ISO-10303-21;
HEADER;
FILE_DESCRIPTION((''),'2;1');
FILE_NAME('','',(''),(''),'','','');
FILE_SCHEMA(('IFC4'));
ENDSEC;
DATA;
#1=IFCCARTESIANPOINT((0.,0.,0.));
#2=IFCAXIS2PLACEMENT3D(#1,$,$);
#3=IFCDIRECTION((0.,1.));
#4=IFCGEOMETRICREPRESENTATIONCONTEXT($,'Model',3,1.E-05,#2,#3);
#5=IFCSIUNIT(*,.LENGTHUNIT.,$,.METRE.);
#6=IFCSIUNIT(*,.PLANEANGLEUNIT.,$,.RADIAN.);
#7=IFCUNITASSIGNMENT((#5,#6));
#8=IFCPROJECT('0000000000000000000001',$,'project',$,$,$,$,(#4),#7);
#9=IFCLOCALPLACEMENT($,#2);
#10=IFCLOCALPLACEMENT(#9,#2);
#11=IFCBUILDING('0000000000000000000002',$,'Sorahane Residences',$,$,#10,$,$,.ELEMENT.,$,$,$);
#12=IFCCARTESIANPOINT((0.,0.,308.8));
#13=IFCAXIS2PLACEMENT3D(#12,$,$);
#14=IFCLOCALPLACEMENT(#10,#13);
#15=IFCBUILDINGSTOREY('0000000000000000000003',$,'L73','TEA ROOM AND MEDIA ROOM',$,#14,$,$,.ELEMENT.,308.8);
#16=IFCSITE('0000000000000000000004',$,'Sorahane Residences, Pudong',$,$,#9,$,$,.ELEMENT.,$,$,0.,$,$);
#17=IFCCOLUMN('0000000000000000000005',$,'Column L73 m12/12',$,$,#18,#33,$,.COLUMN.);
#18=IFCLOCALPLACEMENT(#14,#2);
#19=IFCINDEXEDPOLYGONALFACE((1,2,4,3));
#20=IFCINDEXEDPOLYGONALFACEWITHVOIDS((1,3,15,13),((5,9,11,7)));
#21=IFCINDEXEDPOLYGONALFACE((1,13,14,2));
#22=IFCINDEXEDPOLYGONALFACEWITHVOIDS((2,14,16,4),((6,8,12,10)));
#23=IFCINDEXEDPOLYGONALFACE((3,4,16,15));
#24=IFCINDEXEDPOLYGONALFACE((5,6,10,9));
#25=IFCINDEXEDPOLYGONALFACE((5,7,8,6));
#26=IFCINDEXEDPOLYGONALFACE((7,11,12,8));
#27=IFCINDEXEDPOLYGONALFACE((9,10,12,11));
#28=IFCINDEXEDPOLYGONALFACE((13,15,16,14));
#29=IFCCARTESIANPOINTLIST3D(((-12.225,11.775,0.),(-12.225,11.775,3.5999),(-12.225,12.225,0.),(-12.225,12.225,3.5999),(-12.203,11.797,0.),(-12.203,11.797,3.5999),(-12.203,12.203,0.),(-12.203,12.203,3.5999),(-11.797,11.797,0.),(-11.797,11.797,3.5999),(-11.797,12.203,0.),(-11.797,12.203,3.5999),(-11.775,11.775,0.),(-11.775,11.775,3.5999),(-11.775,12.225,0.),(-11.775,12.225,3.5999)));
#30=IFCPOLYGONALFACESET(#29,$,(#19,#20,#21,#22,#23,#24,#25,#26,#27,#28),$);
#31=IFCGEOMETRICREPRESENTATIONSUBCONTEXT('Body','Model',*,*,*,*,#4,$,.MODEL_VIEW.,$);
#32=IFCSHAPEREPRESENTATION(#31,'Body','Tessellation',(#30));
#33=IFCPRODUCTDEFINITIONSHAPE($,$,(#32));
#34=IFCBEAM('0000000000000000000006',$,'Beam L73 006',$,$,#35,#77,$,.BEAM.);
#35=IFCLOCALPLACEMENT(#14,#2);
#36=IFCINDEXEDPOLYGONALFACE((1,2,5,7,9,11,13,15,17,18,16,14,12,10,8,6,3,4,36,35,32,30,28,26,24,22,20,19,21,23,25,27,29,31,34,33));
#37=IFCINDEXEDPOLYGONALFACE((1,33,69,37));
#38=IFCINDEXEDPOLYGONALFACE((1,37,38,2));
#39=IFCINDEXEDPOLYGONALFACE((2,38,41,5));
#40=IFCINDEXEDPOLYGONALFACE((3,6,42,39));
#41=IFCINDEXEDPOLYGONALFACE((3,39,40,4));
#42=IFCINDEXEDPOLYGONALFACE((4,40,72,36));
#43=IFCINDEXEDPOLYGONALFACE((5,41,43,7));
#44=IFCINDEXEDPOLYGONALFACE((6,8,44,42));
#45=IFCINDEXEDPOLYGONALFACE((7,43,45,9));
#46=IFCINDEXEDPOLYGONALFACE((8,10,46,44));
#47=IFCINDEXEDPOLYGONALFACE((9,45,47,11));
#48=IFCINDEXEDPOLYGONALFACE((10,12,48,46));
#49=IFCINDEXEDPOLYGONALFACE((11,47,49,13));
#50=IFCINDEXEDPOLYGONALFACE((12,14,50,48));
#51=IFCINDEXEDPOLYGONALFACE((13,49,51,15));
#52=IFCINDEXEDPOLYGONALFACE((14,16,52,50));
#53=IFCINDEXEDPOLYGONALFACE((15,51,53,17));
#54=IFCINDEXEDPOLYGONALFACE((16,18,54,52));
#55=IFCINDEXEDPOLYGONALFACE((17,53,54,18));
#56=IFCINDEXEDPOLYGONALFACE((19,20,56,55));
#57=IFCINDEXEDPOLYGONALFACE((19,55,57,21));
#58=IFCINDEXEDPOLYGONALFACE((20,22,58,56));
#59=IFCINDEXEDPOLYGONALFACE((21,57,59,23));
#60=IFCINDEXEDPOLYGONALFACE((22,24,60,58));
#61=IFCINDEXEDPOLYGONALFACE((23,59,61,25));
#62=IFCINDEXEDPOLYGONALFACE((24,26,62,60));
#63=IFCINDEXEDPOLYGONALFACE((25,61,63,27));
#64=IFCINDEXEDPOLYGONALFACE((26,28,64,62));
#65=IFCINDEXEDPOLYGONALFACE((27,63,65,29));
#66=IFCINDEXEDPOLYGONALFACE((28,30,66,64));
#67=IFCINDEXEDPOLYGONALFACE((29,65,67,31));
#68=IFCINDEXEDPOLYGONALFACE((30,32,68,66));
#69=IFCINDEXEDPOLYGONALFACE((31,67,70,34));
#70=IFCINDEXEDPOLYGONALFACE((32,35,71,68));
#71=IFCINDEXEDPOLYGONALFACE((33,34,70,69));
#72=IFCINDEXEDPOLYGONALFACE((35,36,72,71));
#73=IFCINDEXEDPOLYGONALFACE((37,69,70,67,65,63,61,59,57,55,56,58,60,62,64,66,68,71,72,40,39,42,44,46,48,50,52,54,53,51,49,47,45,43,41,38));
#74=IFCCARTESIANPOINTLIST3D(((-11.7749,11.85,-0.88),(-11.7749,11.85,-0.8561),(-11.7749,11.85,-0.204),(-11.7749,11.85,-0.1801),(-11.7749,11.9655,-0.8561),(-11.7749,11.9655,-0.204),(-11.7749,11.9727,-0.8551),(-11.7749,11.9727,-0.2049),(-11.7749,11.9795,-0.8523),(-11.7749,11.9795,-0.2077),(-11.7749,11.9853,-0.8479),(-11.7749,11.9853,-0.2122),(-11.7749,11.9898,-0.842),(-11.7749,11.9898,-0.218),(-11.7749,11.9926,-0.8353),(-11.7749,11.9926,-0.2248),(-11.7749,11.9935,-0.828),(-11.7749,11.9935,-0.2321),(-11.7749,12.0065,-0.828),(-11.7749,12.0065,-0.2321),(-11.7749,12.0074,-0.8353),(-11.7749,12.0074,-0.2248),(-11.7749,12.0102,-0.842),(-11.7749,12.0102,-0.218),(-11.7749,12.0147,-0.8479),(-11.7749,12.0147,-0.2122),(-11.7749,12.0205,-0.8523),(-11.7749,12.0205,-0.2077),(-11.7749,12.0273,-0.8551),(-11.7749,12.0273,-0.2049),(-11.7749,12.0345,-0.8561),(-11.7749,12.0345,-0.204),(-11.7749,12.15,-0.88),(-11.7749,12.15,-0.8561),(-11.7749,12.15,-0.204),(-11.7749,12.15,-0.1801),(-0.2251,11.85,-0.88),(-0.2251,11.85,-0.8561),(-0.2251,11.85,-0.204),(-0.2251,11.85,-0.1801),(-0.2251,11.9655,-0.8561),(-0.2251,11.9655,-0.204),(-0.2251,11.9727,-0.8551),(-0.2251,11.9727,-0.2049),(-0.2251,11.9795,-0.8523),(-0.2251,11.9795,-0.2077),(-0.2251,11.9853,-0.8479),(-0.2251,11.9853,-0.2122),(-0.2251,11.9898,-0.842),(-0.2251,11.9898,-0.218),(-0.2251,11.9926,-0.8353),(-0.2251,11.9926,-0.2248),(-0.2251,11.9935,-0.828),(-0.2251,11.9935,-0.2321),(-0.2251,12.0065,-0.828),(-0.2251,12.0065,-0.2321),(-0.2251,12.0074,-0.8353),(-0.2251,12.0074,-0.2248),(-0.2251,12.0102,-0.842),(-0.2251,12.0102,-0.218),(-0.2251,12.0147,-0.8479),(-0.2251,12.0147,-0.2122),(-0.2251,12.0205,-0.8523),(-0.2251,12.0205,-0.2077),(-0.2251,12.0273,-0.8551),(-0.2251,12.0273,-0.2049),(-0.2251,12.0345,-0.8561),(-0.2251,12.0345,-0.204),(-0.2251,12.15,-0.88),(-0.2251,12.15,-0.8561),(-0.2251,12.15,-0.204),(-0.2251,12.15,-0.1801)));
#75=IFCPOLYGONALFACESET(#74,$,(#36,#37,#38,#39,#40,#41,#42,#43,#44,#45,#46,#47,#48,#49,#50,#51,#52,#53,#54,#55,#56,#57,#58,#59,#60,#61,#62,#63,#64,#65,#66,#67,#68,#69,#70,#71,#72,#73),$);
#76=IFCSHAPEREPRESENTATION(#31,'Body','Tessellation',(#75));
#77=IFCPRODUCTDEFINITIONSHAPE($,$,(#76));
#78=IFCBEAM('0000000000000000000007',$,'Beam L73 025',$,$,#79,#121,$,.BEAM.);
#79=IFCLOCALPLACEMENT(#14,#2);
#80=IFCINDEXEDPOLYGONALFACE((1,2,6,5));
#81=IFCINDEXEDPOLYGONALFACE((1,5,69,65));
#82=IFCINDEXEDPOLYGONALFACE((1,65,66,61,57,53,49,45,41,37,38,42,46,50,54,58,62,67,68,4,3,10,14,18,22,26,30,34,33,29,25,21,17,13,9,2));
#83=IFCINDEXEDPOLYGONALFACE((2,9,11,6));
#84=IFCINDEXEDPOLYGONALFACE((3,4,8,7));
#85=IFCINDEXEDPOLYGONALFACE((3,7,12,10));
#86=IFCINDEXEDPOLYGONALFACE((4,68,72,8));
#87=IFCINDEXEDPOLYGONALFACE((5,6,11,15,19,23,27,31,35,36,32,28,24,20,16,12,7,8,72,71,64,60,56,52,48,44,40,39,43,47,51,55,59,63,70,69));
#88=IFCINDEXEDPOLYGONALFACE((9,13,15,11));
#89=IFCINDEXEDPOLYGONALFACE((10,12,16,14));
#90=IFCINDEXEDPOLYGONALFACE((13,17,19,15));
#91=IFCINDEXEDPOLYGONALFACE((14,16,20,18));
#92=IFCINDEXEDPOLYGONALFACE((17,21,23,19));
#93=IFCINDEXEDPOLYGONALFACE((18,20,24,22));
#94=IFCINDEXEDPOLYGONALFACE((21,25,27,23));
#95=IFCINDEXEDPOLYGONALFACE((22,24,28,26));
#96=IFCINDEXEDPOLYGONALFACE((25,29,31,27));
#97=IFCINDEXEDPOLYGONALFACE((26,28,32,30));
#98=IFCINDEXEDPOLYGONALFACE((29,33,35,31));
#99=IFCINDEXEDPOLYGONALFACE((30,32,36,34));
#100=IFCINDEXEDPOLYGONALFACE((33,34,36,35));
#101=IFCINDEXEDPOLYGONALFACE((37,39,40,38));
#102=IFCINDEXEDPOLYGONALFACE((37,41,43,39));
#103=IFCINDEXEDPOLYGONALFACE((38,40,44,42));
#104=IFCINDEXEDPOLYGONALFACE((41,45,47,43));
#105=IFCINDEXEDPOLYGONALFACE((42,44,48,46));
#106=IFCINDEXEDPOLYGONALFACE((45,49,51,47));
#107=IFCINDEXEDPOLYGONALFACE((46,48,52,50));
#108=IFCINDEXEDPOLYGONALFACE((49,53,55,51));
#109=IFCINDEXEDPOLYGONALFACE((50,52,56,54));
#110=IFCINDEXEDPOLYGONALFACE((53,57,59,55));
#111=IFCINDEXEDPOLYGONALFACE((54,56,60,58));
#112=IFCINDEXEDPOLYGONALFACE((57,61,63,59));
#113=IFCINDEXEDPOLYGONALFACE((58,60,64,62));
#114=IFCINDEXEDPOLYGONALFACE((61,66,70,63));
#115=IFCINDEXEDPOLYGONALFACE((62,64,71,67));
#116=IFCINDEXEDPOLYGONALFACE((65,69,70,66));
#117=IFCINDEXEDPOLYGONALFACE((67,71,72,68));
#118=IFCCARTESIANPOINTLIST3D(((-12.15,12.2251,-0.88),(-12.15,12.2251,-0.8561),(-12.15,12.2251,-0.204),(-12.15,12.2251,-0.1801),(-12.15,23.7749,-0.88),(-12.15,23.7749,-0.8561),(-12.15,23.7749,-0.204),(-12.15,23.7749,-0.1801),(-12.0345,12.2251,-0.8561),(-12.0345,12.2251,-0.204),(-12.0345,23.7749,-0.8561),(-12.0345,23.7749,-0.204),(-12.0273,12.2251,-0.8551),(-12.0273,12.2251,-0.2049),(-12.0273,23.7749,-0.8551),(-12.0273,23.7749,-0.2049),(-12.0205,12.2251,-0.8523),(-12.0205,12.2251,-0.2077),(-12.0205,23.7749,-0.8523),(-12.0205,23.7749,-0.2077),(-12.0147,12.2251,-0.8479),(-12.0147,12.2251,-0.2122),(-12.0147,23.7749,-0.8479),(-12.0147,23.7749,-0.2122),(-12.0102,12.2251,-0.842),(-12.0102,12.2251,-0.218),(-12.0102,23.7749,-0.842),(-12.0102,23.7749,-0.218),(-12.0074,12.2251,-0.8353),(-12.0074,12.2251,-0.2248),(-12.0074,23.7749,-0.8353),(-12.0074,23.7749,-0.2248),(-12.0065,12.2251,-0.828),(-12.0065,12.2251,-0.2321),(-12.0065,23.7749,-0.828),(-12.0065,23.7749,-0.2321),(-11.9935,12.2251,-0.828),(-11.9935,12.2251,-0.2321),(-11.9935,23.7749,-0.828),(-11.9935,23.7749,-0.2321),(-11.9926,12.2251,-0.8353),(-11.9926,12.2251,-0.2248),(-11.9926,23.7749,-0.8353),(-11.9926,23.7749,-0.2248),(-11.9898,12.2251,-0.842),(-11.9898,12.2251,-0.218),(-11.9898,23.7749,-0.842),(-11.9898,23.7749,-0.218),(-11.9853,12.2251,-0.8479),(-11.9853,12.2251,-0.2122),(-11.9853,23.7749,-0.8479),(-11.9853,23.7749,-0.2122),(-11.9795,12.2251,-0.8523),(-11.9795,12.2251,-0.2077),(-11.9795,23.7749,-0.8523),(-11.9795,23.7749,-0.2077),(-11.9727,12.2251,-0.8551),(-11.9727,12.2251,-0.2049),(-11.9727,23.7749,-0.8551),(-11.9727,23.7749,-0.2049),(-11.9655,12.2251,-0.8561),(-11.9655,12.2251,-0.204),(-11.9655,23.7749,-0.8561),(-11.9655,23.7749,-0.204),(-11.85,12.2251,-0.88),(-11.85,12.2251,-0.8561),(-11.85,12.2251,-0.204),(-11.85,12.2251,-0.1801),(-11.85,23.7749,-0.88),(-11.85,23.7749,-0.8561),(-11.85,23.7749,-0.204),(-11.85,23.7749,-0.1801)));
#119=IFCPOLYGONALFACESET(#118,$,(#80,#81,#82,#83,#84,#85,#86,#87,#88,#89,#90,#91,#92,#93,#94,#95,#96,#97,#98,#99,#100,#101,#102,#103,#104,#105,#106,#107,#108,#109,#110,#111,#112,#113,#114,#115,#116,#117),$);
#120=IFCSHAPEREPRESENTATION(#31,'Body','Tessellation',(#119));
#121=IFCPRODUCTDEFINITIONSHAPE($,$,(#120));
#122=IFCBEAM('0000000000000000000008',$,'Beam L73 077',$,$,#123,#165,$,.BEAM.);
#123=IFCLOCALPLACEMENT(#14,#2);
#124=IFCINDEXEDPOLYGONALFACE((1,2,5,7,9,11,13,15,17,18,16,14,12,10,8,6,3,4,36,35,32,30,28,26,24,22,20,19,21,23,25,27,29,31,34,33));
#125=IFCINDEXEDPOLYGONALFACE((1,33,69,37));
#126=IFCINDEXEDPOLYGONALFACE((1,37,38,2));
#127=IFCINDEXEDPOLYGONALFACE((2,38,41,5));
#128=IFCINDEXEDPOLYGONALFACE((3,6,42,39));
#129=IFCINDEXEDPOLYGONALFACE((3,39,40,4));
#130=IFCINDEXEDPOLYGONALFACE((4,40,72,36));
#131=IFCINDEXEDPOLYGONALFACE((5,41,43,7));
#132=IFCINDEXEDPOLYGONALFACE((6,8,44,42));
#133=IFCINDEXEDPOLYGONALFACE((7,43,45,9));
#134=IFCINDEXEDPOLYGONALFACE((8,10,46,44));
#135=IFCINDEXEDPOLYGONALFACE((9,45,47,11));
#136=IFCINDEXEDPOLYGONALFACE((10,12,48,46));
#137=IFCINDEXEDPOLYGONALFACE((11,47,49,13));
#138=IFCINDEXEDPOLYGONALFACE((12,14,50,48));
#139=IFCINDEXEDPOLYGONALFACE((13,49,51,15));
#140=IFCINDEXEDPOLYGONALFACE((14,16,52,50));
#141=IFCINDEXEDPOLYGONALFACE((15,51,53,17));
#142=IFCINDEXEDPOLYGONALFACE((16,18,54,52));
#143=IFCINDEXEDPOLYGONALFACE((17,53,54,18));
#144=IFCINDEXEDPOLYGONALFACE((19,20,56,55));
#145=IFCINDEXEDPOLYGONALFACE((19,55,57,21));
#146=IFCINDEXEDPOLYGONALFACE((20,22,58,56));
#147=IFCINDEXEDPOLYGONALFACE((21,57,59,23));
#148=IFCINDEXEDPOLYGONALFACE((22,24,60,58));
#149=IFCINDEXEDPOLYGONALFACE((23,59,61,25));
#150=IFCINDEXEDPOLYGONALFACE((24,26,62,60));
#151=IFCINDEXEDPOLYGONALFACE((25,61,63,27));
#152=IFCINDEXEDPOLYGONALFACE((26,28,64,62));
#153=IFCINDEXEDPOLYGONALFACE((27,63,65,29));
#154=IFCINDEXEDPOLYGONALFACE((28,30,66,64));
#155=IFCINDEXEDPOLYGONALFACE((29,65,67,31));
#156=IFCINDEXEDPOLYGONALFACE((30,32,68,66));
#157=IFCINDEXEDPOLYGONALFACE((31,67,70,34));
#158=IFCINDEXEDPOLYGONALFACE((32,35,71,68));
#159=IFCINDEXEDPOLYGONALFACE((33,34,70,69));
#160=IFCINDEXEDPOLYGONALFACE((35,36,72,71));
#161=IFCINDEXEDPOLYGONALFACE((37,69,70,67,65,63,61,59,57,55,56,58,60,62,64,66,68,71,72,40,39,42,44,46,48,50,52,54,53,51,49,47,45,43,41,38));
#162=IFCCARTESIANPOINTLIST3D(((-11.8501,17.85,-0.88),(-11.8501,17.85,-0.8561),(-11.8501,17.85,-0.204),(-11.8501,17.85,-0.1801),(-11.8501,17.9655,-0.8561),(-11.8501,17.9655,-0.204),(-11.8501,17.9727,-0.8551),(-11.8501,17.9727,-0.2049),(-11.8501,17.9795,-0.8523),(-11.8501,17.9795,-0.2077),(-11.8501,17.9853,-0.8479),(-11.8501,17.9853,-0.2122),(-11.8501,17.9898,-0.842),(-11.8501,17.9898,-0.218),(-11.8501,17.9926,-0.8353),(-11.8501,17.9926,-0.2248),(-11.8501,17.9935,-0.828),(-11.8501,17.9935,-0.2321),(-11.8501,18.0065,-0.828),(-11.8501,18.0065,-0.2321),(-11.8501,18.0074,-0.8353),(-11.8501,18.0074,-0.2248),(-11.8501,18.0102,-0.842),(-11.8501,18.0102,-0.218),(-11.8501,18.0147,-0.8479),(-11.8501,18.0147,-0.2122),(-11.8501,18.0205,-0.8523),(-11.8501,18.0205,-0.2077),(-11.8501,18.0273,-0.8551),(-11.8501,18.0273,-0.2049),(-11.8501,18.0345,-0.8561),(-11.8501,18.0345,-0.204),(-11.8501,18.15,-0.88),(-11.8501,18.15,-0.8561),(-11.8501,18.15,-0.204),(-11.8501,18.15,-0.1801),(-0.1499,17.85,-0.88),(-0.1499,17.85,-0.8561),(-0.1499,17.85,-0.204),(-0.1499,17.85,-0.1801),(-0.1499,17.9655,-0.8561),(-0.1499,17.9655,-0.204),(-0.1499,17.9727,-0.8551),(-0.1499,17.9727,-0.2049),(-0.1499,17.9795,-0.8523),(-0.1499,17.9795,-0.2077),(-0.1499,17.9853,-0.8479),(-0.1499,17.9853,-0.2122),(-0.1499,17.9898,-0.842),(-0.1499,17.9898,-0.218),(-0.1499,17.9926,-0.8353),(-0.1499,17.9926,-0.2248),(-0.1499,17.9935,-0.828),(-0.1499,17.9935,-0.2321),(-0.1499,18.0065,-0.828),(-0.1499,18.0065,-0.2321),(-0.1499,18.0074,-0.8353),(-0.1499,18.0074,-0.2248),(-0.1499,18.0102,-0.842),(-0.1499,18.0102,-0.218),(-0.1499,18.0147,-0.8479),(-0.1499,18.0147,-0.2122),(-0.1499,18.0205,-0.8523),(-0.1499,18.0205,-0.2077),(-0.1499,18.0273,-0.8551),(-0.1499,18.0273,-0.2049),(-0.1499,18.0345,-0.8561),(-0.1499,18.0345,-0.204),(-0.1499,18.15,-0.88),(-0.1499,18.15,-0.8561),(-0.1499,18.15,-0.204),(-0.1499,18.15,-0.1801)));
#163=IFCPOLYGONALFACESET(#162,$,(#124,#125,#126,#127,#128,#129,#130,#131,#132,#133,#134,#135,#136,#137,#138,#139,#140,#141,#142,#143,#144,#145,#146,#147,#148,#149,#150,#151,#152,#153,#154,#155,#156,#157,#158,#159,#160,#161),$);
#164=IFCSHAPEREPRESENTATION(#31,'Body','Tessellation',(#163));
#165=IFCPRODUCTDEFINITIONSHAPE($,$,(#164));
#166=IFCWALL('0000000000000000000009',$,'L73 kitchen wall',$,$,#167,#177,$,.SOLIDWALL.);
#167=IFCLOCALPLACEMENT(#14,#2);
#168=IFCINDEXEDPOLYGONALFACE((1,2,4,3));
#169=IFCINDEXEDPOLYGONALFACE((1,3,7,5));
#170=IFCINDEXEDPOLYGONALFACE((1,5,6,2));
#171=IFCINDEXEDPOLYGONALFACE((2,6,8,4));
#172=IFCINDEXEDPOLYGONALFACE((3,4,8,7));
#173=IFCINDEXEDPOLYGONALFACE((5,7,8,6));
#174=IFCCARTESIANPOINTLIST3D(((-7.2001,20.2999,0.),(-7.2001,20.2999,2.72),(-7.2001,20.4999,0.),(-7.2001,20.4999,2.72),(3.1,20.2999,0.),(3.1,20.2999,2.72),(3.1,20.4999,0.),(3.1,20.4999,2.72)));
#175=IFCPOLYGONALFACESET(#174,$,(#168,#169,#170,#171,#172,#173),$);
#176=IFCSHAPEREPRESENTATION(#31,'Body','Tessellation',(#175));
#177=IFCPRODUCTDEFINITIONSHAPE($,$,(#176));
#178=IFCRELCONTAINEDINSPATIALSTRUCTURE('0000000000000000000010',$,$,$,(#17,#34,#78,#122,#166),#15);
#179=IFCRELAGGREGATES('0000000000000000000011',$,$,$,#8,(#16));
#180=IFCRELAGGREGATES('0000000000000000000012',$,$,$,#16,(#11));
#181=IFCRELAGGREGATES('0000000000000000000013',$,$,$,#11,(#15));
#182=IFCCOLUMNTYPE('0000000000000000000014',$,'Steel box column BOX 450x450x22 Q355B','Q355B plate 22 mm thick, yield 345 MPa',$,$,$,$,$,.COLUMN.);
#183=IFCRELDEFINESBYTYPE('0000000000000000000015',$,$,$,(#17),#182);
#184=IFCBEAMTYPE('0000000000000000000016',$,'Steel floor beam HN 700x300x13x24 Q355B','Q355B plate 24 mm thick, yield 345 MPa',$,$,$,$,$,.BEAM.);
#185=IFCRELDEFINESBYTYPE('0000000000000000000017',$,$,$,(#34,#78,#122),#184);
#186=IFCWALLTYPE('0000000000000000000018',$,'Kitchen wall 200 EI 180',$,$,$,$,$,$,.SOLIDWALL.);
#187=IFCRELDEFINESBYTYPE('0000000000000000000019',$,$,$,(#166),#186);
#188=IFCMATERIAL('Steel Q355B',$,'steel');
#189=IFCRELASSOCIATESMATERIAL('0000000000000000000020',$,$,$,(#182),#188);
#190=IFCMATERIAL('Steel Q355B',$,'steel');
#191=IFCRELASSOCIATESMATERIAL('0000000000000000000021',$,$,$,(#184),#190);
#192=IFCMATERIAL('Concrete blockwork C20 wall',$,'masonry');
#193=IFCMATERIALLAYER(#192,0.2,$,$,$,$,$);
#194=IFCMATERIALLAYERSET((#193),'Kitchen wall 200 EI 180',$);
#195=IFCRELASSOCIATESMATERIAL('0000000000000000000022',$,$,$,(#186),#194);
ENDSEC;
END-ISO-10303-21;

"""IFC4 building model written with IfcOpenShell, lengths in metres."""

from ifc_helpers import new_model, si_unit, direction, frame, frame_2d, origin, origin_2d, place, context, subcontext, project, spatial, rectangle, hollow_rectangle, i_section, extrude, material, layer, layer_set, material_profile, profile_set, type_object, element, save


model = new_model("IFC4")

# Units and contexts
model_context = context("Model", 3, precision=1e-05, world=origin(), true_north=direction((0.0, 1.0)))
body_context = subcontext(model_context, "Body", "Model", "MODEL_VIEW")
ifc_project = project(units=[si_unit("LENGTHUNIT", "METRE"), si_unit("PLANEANGLEUNIT", "RADIAN")], contexts=[model_context])

# Site, building, storey
site_placement = place(None, origin())
site = spatial("IfcSite", under=ifc_project, at=site_placement, Name="Sorahane Residences, Pudong", CompositionType="ELEMENT", RefElevation=0.0)
building_placement = place(site_placement, origin())
building = spatial("IfcBuilding", under=site, at=building_placement, Name="Sorahane Residences", CompositionType="ELEMENT")
storey_placement = place(building_placement, frame((0.0, 0.0, 308.8)))
storey = spatial("IfcBuildingStorey", under=building, at=storey_placement, Name="L73", Description="TEA ROOM AND MEDIA ROOM", CompositionType="ELEMENT", Elevation=308.8)

# Column
ifc_material_1 = material(Name="Steel Q355B", Category="steel")
ifc_material_profile_1 = material_profile(ifc_material_1, hollow_rectangle(XDim=0.45, YDim=0.45, WallThickness=0.022, at=origin_2d()), Name="BOX 450x450x22")
ifc_profile_set_1 = profile_set([ifc_material_profile_1], Name="Steel Q355B")
column_type = type_object("IfcColumnType", Name="Steel box column BOX 450x450x22 Q355B", Description="Q355B plate 22 mm thick, yield 345 MPa", PredefinedType="COLUMN", material=ifc_profile_set_1)
column_placement = place(storey_placement, frame((-12.0, 12.0, 0.0), z_axis=(0.0, 0.0, 1.0), x_axis=(1.0, 0.0, 0.0)))
element("IfcColumn", 1, at=column_placement, inside=storey, type_object=column_type, Name="Column L73 m12/12", PredefinedType="COLUMN", context=body_context, shape_type="SweptSolid", body=[
    extrude(hollow_rectangle(XDim=0.45, YDim=0.45, WallThickness=0.022, at=origin_2d()), origin(), (0.0, 0.0, 1.0), 3.5999),
])

# Beams
ifc_material_2 = material(Name="Steel Q355B", Category="steel")
ifc_material_profile_2 = material_profile(ifc_material_2, i_section(OverallWidth=0.3, OverallDepth=0.7, WebThickness=0.0129, FlangeThickness=0.0239, FilletRadius=0.0281, at=origin_2d()), Name="HN 700x300x13x24")
ifc_profile_set_2 = profile_set([ifc_material_profile_2], Name="Steel Q355B")
beam_type = type_object("IfcBeamType", Name="Steel floor beam HN 700x300x13x24 Q355B", Description="Q355B plate 24 mm thick, yield 345 MPa", PredefinedType="BEAM", material=ifc_profile_set_2)
for number, where, z_axis, x_axis, name in (
    (2, (-11.7749, 12.0, -0.53), (1.0, 0.0, 0.0), (0.0, 1.0, 0.0), "Beam L73 006"),
    (3, (-12.0, 12.2251, -0.53), (0.0, 1.0, 0.0), (-1.0, 0.0, 0.0), "Beam L73 025"),
):
    element("IfcBeam", number, at=place(storey_placement, frame(where, z_axis=z_axis, x_axis=x_axis)), inside=storey, type_object=beam_type, Name=name, PredefinedType="BEAM", context=body_context, shape_type="SweptSolid", body=[
        extrude(i_section(OverallWidth=0.3, OverallDepth=0.7, WebThickness=0.0129, FlangeThickness=0.0239, FilletRadius=0.0281, at=origin_2d()), origin(), (0.0, 0.0, 1.0), 11.5498),
    ])
beam_placement = place(storey_placement, frame((-11.8501, 18.0, -0.53), z_axis=(1.0, 0.0, 0.0), x_axis=(0.0, 1.0, 0.0)))
element("IfcBeam", 4, at=beam_placement, inside=storey, type_object=beam_type, Name="Beam L73 077", PredefinedType="BEAM", context=body_context, shape_type="SweptSolid", body=[
    extrude(i_section(OverallWidth=0.3, OverallDepth=0.7, WebThickness=0.0129, FlangeThickness=0.0239, FilletRadius=0.0281, at=origin_2d()), origin(), (0.0, 0.0, 1.0), 11.7002),
])

# Shared definitions
ifc_material_3 = material(Name="Concrete blockwork C20 wall", Category="masonry")
ifc_layer_1 = layer(ifc_material_3, 0.2)
ifc_layer_set_1 = layer_set([ifc_layer_1], Name="Kitchen wall 200 EI 180")
wall_type_1 = type_object("IfcWallType", Name="Kitchen wall 200 EI 180", PredefinedType="SOLIDWALL", material=ifc_layer_set_1)

# Wall
wall_1_placement = place(storey_placement, frame((-7.2, 20.3999, 0.0), z_axis=(0.0, 0.0, 1.0), x_axis=(1.0, 0.0, 0.0)))
element("IfcWall", 5, at=wall_1_placement, inside=storey, type_object=wall_type_1, Name="L73 kitchen wall", PredefinedType="SOLIDWALL", context=body_context, shape_type="SweptSolid", body=[
    extrude(rectangle(XDim=10.3, YDim=0.2, at=frame_2d((5.1499, 0.0))), origin(), (0.0, 0.0, 1.0), 2.72),
])

save(model, "model.ifc")
